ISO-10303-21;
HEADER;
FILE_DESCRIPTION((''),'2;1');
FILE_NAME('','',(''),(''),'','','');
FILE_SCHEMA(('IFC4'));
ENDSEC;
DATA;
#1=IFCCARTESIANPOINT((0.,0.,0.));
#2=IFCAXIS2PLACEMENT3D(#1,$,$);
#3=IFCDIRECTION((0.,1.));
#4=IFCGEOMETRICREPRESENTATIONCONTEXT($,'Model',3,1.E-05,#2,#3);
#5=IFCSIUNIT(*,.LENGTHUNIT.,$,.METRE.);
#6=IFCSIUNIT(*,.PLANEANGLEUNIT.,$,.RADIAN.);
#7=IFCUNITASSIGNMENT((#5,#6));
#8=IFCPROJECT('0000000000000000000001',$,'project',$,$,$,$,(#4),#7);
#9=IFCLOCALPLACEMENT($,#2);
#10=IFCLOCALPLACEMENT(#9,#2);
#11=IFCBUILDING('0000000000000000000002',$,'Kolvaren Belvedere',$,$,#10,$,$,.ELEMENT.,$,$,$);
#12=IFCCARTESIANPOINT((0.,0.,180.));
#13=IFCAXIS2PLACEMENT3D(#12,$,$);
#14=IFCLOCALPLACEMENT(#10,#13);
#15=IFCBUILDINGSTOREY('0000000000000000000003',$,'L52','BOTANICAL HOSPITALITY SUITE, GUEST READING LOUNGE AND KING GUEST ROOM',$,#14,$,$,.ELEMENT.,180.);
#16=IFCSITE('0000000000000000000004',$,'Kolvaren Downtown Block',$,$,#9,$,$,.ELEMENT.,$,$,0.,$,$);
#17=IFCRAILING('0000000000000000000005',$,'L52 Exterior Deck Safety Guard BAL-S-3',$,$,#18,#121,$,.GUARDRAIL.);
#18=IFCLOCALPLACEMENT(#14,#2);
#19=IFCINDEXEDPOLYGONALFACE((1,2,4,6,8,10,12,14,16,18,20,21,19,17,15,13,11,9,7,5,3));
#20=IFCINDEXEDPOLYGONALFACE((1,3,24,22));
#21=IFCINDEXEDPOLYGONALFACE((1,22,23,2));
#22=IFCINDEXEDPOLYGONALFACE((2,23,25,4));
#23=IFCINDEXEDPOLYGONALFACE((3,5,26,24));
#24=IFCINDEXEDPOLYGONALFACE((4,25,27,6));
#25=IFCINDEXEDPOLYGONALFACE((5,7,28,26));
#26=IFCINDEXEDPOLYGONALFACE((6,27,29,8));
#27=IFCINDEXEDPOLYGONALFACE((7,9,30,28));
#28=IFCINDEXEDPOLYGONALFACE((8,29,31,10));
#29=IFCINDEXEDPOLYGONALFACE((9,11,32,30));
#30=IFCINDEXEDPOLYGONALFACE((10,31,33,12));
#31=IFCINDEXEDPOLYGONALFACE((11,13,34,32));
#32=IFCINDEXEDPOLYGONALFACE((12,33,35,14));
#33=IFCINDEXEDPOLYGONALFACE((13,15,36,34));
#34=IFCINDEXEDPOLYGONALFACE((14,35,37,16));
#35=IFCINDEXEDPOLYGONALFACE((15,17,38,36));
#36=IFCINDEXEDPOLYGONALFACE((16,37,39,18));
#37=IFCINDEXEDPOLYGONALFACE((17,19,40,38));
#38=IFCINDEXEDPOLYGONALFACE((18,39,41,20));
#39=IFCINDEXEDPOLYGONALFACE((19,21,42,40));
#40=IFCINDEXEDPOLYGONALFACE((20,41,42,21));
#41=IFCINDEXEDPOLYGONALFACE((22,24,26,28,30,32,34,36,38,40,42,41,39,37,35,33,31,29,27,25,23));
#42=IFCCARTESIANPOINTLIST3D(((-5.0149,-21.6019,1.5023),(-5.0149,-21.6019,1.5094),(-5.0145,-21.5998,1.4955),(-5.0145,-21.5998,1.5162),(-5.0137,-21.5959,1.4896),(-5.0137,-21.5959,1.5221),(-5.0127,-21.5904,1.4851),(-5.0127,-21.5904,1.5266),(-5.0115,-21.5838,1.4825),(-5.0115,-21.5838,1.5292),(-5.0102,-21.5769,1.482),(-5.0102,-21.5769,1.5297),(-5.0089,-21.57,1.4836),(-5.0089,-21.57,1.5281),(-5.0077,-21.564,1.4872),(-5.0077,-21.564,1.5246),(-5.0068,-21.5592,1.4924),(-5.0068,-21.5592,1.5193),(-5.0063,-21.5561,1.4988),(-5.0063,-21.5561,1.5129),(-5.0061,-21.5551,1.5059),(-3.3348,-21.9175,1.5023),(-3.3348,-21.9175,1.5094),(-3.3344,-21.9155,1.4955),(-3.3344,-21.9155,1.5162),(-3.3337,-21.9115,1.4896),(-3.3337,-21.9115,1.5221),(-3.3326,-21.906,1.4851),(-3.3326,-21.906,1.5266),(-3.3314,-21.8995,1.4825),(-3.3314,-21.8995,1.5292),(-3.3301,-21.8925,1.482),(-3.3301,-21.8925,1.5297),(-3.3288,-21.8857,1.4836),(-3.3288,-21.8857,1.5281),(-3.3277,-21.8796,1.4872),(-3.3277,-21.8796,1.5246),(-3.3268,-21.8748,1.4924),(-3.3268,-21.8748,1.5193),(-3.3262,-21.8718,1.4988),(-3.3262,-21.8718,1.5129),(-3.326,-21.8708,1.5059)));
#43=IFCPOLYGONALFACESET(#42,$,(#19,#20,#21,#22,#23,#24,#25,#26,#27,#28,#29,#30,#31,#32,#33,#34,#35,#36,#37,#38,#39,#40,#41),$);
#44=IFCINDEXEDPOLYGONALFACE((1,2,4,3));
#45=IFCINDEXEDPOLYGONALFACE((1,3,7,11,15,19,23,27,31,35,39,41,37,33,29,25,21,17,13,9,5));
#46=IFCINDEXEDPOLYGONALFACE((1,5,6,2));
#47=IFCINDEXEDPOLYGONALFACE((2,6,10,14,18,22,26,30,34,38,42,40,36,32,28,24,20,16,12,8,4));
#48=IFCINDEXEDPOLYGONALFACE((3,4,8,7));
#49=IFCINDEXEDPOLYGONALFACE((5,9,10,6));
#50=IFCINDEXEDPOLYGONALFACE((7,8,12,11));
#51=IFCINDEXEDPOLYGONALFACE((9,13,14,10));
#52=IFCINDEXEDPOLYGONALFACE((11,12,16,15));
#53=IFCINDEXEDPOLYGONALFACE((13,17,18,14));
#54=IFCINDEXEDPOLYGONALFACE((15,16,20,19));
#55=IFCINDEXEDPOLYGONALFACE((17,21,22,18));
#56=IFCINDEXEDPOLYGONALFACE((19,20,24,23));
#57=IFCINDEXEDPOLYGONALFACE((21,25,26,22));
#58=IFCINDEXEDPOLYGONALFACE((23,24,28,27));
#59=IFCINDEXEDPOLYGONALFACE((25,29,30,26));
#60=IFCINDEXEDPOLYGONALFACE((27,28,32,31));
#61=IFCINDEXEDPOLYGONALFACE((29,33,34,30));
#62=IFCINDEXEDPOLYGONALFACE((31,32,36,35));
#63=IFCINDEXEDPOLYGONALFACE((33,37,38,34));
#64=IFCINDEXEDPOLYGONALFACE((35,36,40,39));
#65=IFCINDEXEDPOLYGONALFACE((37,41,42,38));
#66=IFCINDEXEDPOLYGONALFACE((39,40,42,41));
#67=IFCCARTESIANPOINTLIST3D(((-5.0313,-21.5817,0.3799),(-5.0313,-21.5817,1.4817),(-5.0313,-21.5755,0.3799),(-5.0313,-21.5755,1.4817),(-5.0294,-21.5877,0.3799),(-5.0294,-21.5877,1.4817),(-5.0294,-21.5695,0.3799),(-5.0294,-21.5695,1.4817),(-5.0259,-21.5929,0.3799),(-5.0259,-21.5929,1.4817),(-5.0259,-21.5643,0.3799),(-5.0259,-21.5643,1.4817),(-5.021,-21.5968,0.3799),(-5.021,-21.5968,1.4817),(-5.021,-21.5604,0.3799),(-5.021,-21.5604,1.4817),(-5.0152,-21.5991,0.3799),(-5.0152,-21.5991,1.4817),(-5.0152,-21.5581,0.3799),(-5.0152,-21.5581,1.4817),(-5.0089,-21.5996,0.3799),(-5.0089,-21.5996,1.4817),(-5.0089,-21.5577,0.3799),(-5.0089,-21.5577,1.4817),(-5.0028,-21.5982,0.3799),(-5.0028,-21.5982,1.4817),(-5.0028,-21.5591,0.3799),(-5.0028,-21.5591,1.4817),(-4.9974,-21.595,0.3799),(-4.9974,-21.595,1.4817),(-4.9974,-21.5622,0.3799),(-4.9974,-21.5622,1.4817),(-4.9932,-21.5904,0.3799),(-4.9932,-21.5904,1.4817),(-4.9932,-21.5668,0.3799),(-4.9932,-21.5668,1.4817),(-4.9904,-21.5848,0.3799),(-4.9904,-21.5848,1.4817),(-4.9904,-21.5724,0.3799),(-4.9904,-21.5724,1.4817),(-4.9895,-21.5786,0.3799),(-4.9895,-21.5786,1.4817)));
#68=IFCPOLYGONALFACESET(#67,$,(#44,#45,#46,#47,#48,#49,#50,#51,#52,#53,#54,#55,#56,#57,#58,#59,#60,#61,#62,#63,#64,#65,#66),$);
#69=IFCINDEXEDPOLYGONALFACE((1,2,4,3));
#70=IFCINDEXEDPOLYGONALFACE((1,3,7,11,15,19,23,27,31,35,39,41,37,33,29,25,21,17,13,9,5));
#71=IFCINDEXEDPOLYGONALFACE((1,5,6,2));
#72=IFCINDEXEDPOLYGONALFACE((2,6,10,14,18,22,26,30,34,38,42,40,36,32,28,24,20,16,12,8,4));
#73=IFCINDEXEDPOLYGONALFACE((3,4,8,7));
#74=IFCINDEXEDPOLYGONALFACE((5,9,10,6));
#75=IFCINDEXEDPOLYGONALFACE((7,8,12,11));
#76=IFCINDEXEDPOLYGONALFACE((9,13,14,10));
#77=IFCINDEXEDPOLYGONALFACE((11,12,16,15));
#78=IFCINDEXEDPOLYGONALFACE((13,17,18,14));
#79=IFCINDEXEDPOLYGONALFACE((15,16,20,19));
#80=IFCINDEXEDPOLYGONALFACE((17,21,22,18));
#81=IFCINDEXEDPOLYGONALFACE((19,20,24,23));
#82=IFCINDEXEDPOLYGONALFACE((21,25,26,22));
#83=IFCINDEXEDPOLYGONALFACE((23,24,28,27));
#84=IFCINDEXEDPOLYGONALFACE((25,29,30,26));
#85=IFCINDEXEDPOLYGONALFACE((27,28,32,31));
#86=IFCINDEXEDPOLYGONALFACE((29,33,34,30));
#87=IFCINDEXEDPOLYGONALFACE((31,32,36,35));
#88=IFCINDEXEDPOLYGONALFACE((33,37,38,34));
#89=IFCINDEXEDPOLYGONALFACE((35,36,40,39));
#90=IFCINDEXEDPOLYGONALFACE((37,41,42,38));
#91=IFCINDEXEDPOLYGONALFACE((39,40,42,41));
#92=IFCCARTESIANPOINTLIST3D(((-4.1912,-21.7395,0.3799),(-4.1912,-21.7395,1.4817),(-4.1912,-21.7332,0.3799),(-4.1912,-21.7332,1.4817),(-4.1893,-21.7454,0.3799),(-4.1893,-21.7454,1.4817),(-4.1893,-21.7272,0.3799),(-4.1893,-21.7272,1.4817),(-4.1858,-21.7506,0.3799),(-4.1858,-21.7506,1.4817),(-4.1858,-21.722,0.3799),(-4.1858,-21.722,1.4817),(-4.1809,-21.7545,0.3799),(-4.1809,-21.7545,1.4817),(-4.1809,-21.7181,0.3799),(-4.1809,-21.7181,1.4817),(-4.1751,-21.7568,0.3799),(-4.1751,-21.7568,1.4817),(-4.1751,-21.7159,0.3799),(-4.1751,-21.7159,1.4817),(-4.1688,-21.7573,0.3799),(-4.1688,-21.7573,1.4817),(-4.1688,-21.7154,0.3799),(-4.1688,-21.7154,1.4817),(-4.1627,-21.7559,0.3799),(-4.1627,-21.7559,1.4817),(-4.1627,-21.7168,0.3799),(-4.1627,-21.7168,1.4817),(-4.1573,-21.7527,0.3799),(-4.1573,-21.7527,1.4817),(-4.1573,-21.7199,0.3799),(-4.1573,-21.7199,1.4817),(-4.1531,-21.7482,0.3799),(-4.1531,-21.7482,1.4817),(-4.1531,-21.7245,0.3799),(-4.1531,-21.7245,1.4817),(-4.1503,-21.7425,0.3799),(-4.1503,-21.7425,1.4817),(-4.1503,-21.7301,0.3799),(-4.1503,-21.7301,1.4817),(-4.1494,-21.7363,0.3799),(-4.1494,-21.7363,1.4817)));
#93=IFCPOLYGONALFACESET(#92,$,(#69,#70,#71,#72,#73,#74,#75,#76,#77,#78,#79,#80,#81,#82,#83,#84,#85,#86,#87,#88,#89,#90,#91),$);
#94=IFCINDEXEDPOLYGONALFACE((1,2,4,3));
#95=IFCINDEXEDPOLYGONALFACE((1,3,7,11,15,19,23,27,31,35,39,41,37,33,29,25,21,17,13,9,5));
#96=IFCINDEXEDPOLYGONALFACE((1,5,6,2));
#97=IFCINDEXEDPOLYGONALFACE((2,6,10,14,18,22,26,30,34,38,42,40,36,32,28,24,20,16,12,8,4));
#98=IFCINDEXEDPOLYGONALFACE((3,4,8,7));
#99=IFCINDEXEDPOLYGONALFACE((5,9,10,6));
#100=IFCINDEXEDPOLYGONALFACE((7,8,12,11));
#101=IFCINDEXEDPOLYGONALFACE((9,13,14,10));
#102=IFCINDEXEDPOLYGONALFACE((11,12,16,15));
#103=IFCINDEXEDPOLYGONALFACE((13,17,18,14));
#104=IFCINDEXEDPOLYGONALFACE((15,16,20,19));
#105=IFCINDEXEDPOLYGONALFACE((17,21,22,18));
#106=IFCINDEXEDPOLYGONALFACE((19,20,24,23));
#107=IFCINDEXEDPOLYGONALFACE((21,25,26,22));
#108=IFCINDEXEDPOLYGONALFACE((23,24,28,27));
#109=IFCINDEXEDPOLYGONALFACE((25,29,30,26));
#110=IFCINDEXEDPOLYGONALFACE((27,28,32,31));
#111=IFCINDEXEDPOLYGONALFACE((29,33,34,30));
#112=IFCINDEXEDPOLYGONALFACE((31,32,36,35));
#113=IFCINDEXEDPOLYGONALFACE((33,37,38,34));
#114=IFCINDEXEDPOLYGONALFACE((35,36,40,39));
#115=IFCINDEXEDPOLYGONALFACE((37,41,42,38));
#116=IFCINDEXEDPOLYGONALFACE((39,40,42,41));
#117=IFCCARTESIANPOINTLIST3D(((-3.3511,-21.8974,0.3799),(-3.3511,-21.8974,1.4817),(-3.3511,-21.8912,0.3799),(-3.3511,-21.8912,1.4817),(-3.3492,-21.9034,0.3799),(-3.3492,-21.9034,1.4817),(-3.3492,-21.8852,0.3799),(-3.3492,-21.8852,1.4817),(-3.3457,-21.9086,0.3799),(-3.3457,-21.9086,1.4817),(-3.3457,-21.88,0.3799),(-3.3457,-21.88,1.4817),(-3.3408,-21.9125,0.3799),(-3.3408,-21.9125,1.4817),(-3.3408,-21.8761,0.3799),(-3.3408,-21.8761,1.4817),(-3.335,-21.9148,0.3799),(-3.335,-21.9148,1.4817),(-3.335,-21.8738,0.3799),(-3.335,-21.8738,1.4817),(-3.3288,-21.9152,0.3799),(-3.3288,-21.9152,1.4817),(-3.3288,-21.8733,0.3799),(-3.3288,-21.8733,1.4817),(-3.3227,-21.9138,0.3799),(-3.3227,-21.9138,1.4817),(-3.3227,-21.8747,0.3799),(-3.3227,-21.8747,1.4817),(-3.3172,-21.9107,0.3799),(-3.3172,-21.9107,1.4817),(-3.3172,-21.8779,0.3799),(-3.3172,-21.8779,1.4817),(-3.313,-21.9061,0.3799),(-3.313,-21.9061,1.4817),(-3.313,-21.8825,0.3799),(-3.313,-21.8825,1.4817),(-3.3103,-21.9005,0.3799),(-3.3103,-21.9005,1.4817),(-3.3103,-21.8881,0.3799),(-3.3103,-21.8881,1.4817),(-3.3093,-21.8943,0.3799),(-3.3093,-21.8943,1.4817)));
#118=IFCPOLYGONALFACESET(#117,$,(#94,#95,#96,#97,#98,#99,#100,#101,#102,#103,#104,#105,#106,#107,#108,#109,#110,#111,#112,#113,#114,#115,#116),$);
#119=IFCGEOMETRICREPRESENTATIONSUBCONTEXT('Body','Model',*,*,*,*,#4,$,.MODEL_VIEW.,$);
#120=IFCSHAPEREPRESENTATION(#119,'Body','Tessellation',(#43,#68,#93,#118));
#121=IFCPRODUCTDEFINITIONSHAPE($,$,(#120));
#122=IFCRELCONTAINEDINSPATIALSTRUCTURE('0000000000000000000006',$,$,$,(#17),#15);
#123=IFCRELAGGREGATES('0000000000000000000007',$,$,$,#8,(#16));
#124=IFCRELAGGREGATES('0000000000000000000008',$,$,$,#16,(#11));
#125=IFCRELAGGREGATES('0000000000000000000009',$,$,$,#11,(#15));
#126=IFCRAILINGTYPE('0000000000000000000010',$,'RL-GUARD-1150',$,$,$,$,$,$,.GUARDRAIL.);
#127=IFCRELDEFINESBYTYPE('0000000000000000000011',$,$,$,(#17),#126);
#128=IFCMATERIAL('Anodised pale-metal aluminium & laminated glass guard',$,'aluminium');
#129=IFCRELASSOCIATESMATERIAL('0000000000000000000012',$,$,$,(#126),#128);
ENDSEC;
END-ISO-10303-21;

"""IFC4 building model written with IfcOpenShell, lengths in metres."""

from ifc_helpers import new_model, si_unit, direction, frame, origin, origin_2d, place, context, subcontext, project, spatial, circle, extrude, material, type_object, element, save


model = new_model("IFC4")

# Units and contexts
model_context = context("Model", 3, precision=1e-05, world=origin(), true_north=direction((0.0, 1.0)))
body_context = subcontext(model_context, "Body", "Model", "MODEL_VIEW")
ifc_project = project(units=[si_unit("LENGTHUNIT", "METRE"), si_unit("PLANEANGLEUNIT", "RADIAN")], contexts=[model_context])

# Site, building, storey
site_placement = place(None, origin())
site = spatial("IfcSite", under=ifc_project, at=site_placement, Name="Kolvaren Downtown Block", CompositionType="ELEMENT", RefElevation=0.0)
building_placement = place(site_placement, origin())
building = spatial("IfcBuilding", under=site, at=building_placement, Name="Kolvaren Belvedere", CompositionType="ELEMENT")
storey_placement = place(building_placement, frame((0.0, 0.0, 180.0)))
storey = spatial("IfcBuildingStorey", under=building, at=storey_placement, Name="L52", Description="BOTANICAL HOSPITALITY SUITE, GUEST READING LOUNGE AND KING GUEST ROOM", CompositionType="ELEMENT", Elevation=180.0)

# Railing
ifc_material_1 = material(Name="Anodised pale-metal aluminium & laminated glass guard", Category="aluminium")
railing_type = type_object("IfcRailingType", Name="RL-GUARD-1150", PredefinedType="GUARDRAIL", material=ifc_material_1)
railing_1_placement = place(storey_placement, frame((-5.0105, -21.5786, 0.3799)))
element("IfcRailing", 1, at=railing_1_placement, inside=storey, type_object=railing_type, Name="L52 Exterior Deck Safety Guard BAL-S-3", PredefinedType="GUARDRAIL", context=body_context, shape_type="SweptSolid", body=[
    extrude(circle(Radius=0.0239, at=origin_2d()), frame((0.0, 0.0, 1.126), z_axis=(0.982804, -0.184651, 0.0), x_axis=(0.184651, 0.982804, 0.0)), (0.0, 0.0, 1.0), 1.7095),
    extrude(circle(Radius=0.021, at=origin_2d()), origin(), (0.0, 0.0, 1.0), 1.1018),
    extrude(circle(Radius=0.021, at=origin_2d()), frame((0.8401, -0.1577, 0.0)), (0.0, 0.0, 1.0), 1.1018),
    extrude(circle(Radius=0.021, at=origin_2d()), frame((1.6802, -0.3157, 0.0)), (0.0, 0.0, 1.0), 1.1018),
])

save(model, "model.ifc")
